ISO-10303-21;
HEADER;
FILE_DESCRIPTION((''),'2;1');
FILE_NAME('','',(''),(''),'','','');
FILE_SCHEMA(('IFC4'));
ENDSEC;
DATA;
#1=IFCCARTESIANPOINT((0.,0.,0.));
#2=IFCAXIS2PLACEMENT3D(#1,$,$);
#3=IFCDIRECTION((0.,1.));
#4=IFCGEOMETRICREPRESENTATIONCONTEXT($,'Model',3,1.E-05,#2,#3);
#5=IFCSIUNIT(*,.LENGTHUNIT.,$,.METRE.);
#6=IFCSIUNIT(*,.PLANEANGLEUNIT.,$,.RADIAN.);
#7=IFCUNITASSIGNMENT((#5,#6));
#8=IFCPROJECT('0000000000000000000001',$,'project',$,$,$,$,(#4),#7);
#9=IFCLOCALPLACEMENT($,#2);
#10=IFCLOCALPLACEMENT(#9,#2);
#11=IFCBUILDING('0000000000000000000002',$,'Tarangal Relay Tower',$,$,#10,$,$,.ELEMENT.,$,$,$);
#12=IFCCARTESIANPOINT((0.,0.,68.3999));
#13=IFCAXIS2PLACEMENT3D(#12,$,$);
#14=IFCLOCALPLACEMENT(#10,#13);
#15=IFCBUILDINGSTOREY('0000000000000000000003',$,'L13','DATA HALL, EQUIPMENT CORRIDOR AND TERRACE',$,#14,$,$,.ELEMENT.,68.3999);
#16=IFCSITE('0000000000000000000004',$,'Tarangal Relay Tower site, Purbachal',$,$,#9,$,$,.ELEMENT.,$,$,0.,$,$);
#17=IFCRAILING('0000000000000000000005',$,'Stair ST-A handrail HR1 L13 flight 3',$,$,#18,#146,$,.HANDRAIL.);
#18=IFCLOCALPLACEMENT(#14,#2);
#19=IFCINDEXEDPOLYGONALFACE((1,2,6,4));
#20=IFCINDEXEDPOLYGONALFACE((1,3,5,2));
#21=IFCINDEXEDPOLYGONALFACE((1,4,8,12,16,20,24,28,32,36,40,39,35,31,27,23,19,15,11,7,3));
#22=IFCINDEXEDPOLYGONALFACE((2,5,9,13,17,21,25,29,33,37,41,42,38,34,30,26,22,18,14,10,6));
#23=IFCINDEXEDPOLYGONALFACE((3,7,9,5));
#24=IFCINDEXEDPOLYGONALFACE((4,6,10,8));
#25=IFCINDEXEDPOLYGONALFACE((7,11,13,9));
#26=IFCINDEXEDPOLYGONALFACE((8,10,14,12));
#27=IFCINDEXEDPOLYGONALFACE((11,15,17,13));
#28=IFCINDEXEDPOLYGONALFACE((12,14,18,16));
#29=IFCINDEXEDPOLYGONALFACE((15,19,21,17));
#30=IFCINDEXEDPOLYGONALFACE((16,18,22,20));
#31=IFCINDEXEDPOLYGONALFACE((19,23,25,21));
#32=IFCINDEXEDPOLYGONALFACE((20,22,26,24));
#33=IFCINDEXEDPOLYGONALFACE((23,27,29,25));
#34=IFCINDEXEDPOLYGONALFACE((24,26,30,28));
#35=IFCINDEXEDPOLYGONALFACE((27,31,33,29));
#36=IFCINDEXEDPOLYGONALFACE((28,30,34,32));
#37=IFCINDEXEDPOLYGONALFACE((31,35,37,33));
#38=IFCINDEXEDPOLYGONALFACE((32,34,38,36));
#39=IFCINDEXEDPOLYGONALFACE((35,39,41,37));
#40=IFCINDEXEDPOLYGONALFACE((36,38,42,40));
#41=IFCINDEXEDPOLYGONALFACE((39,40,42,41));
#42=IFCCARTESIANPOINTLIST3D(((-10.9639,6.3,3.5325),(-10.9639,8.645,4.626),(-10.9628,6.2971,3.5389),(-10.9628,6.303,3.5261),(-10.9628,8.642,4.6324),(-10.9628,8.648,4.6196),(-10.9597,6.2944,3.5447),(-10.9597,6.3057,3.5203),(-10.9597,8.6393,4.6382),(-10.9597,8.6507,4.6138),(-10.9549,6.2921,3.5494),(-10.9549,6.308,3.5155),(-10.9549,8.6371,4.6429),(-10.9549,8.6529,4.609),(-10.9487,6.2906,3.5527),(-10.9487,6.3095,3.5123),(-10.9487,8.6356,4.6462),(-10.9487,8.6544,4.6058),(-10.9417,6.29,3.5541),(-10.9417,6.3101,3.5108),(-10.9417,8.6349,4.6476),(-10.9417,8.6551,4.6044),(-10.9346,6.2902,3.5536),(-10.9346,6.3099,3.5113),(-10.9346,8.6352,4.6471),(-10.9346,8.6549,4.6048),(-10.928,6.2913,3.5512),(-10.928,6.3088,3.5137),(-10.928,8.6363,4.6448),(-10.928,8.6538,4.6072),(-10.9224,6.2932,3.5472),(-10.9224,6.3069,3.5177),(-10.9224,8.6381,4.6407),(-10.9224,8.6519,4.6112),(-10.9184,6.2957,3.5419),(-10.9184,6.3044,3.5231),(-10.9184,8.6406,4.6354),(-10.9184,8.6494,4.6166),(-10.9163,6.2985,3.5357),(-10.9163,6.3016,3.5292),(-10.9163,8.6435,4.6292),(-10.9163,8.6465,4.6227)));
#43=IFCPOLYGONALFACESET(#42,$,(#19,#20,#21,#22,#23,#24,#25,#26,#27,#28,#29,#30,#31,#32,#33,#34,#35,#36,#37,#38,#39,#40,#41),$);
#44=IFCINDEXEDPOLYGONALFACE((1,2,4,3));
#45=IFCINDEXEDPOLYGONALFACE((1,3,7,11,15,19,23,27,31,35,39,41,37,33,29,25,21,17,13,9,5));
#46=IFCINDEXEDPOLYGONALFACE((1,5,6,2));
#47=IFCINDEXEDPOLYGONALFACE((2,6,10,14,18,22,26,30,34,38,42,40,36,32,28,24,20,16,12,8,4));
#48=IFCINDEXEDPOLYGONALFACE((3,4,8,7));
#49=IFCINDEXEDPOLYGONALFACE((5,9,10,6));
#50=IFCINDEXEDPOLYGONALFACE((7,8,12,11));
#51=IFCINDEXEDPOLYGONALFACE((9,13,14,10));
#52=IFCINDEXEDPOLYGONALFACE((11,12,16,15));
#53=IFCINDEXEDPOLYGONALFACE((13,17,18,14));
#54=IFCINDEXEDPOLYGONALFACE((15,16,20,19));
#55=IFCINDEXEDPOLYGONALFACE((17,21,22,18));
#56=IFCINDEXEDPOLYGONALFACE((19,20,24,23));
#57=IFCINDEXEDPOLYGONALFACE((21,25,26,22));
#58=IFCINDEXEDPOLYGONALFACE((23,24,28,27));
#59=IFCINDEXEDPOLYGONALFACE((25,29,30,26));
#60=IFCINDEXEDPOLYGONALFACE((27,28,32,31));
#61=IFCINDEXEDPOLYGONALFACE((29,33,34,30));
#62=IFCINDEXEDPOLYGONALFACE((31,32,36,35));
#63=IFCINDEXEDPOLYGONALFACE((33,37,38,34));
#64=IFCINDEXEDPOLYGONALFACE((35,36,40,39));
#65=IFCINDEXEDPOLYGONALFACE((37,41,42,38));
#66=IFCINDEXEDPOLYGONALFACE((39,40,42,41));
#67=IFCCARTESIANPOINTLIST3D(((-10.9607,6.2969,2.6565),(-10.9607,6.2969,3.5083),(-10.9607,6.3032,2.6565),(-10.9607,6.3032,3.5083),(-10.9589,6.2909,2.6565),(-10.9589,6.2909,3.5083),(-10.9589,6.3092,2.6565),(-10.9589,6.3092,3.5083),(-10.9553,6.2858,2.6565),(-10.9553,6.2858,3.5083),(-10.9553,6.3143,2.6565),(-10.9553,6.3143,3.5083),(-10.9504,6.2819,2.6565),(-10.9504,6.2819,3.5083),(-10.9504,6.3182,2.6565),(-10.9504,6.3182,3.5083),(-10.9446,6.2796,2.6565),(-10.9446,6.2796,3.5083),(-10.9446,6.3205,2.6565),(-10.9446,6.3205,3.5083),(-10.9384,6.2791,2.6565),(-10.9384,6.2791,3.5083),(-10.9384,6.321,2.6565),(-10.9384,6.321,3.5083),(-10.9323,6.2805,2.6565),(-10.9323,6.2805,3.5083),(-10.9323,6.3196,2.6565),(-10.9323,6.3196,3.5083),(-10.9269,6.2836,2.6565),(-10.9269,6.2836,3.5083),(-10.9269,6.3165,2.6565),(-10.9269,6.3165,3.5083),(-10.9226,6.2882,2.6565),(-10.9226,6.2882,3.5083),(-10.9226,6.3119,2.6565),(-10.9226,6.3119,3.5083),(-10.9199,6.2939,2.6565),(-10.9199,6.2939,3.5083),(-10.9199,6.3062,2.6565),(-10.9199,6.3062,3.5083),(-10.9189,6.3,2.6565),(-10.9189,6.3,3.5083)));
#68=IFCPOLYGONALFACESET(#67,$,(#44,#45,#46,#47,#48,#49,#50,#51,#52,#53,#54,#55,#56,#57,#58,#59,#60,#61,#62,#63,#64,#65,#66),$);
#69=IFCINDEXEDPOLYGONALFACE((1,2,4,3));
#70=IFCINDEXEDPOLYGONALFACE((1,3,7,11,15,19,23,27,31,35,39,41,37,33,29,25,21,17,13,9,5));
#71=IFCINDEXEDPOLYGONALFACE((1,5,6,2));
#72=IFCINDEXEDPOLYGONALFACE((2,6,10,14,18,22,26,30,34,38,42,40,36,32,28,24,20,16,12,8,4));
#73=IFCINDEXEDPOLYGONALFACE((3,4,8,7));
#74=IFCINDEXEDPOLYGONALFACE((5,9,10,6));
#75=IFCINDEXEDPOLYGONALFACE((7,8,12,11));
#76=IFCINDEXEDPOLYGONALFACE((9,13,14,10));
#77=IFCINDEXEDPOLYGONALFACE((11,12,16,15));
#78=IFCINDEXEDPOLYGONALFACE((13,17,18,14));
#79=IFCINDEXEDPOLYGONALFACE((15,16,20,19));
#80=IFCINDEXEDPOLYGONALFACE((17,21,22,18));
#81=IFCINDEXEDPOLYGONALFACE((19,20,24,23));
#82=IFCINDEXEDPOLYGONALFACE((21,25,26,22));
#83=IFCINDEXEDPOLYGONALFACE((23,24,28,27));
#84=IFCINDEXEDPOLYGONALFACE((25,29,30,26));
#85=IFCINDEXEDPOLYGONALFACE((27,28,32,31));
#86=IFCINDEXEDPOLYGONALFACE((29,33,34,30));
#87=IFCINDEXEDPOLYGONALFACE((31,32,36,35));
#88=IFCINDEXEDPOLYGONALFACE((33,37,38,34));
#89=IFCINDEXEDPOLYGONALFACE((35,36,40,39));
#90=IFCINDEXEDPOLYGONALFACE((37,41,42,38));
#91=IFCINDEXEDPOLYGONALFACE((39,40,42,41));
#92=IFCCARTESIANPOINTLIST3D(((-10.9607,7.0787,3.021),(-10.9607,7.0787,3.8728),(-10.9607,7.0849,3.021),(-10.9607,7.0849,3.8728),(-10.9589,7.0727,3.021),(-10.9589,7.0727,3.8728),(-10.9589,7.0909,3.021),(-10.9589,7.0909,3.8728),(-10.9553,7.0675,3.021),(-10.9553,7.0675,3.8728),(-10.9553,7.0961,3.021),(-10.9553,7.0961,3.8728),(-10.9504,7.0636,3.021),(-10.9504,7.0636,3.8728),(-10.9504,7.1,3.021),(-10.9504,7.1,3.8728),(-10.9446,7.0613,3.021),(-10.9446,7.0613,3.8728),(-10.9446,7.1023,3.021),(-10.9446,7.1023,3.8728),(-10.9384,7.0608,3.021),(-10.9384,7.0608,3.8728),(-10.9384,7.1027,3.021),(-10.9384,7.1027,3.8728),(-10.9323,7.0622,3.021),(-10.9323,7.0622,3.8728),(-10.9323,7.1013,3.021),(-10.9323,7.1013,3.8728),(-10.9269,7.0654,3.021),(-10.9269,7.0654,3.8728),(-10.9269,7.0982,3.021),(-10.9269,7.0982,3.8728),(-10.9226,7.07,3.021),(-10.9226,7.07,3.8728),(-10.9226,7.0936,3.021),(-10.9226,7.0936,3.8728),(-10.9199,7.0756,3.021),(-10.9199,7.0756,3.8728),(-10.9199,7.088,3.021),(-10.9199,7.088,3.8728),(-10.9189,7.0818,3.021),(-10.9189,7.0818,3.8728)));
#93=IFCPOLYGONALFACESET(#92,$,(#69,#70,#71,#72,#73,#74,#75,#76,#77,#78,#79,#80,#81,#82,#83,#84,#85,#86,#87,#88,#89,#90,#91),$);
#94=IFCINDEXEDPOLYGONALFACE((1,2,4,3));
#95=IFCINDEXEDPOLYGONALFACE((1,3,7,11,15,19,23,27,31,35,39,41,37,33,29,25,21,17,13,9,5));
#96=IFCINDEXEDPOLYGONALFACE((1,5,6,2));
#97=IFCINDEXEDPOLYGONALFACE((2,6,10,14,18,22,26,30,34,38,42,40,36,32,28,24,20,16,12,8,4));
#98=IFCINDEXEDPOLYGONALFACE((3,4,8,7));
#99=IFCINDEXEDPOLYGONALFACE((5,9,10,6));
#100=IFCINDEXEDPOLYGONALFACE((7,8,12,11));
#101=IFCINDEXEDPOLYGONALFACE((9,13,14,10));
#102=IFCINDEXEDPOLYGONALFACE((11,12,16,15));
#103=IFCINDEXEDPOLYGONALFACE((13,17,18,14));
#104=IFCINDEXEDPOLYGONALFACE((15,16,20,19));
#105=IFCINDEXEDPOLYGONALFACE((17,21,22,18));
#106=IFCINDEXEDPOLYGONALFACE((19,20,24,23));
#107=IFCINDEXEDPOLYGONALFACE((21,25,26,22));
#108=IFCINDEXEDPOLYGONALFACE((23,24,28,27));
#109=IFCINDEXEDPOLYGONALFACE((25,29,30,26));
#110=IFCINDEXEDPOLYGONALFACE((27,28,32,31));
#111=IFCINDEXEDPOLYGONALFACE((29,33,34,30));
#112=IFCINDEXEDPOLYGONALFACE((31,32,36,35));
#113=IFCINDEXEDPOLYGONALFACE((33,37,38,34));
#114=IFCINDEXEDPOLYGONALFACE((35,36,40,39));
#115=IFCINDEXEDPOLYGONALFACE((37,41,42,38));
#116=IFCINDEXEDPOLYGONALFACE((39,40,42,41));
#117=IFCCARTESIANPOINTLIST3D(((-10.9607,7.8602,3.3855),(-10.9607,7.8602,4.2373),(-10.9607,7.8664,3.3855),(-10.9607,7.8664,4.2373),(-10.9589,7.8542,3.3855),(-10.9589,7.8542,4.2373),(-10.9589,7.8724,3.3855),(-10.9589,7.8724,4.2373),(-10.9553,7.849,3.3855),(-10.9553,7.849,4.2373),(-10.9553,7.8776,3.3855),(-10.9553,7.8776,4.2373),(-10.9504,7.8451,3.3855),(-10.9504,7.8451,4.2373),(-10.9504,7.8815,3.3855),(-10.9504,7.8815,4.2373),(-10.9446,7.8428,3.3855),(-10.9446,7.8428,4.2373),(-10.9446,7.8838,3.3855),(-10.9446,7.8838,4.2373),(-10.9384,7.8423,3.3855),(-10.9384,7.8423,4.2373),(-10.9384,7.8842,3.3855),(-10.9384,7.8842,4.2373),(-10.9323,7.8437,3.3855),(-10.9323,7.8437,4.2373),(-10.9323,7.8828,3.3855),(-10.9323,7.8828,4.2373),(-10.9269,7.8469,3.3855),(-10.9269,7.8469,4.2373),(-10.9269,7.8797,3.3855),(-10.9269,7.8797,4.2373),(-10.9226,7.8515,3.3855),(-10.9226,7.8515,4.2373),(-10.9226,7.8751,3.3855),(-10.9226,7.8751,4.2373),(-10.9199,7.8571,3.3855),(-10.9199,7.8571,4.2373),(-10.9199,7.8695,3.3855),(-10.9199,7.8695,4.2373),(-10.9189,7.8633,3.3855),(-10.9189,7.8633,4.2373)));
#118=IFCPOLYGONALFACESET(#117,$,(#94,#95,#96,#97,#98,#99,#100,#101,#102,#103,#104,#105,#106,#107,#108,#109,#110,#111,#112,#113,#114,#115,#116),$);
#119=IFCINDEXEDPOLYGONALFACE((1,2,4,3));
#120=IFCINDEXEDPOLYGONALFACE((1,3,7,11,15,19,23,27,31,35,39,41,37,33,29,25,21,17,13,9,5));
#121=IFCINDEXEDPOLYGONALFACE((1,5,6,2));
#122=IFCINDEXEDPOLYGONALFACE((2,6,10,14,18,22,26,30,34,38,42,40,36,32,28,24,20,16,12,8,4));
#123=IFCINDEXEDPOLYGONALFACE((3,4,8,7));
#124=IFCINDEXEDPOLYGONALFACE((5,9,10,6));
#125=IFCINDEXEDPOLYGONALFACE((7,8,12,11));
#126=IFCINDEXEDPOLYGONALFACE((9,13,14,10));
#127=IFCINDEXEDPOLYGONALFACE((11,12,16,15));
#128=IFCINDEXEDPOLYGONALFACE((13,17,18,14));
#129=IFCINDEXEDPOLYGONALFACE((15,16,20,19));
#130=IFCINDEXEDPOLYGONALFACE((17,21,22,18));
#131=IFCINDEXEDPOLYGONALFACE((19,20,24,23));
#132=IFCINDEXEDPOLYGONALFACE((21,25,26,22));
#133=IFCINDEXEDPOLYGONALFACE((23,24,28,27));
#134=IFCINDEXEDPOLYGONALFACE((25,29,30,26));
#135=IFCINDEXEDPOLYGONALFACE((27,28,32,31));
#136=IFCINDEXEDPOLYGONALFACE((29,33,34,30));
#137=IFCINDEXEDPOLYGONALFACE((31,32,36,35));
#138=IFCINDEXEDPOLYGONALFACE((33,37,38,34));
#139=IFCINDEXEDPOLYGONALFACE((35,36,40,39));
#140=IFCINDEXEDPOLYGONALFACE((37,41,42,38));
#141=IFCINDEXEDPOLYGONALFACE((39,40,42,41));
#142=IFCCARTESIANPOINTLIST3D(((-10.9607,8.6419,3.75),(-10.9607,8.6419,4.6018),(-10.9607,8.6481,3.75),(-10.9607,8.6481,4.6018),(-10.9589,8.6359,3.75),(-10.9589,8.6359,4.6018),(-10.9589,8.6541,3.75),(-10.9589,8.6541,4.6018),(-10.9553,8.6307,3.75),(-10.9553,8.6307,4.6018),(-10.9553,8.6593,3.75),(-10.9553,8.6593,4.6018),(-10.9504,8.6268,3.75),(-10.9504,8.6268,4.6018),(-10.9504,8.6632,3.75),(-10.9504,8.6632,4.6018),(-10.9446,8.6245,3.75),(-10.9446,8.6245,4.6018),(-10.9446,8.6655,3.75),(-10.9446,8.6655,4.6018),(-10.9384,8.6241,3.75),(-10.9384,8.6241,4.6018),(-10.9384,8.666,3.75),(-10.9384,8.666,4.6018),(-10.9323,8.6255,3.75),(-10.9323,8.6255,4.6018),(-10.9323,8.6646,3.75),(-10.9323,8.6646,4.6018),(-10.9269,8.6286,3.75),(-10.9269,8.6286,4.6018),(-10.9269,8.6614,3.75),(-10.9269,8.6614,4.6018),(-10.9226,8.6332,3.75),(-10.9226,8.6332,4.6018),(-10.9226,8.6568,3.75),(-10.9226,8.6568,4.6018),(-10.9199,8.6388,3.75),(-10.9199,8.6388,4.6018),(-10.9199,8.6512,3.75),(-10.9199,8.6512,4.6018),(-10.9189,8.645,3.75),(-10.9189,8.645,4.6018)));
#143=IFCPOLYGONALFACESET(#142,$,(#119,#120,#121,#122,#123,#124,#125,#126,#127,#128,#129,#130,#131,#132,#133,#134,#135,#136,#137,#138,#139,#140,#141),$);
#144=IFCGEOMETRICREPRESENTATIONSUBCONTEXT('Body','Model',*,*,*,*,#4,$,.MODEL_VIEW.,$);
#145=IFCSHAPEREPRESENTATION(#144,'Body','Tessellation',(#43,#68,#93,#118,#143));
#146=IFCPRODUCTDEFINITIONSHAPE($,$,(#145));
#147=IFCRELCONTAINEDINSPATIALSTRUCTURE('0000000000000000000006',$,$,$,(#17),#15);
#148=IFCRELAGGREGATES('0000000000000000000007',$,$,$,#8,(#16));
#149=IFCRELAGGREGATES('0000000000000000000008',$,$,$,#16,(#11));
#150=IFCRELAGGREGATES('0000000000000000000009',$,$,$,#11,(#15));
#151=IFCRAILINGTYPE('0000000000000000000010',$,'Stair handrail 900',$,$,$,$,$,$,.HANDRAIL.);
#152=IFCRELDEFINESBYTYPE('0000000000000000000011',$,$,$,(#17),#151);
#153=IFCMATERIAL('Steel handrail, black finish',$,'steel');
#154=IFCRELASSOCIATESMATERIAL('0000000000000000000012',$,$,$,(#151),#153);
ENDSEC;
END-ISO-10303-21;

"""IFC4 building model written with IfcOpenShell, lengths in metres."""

from ifc_helpers import new_model, si_unit, direction, frame, origin, origin_2d, place, context, subcontext, project, spatial, circle, extrude, material, type_object, element, save


model = new_model("IFC4")

# Units and contexts
model_context = context("Model", 3, precision=1e-05, world=origin(), true_north=direction((0.0, 1.0)))
body_context = subcontext(model_context, "Body", "Model", "MODEL_VIEW")
ifc_project = project(units=[si_unit("LENGTHUNIT", "METRE"), si_unit("PLANEANGLEUNIT", "RADIAN")], contexts=[model_context])

# Site, building, storey
site_placement = place(None, origin())
site = spatial("IfcSite", under=ifc_project, at=site_placement, Name="Tarangal Relay Tower site, Purbachal", CompositionType="ELEMENT", RefElevation=0.0)
building_placement = place(site_placement, origin())
building = spatial("IfcBuilding", under=site, at=building_placement, Name="Tarangal Relay Tower", CompositionType="ELEMENT")
storey_placement = place(building_placement, frame((0.0, 0.0, 68.3999)))
storey = spatial("IfcBuildingStorey", under=building, at=storey_placement, Name="L13", Description="DATA HALL, EQUIPMENT CORRIDOR AND TERRACE", CompositionType="ELEMENT", Elevation=68.3999)

# Railing
ifc_material_1 = material(Name="Steel handrail, black finish", Category="steel")
railing_type_1 = type_object("IfcRailingType", Name="Stair handrail 900", PredefinedType="HANDRAIL", material=ifc_material_1)
for number, where, name in (
    (1, (-10.9399, 6.3, 2.6565), "Stair ST-A handrail HR1 L13 flight 3"),
):
    element("IfcRailing", number, at=place(storey_placement, frame(where)), inside=storey, type_object=railing_type_1, Name=name, PredefinedType="HANDRAIL", context=body_context, shape_type="SweptSolid", body=[
        extrude(circle(Radius=0.0239, at=origin_2d()), frame((0.0, 0.0, 0.876), z_axis=(0.0, 0.906304, 0.422627), x_axis=(-1.0, 0.0, 0.0)), (0.0, 0.0, 1.0), 2.5874),
        extrude(circle(Radius=0.021, at=origin_2d()), origin(), (0.0, 0.0, 1.0), 0.8518),
        extrude(circle(Radius=0.021, at=origin_2d()), frame((0.0, 0.7817, 0.3645)), (0.0, 0.0, 1.0), 0.8518),
        extrude(circle(Radius=0.021, at=origin_2d()), frame((0.0, 1.5632, 0.729)), (0.0, 0.0, 1.0), 0.8518),
        extrude(circle(Radius=0.021, at=origin_2d()), frame((0.0, 2.345, 1.0935)), (0.0, 0.0, 1.0), 0.8518),
    ])

save(model, "model.ifc")
